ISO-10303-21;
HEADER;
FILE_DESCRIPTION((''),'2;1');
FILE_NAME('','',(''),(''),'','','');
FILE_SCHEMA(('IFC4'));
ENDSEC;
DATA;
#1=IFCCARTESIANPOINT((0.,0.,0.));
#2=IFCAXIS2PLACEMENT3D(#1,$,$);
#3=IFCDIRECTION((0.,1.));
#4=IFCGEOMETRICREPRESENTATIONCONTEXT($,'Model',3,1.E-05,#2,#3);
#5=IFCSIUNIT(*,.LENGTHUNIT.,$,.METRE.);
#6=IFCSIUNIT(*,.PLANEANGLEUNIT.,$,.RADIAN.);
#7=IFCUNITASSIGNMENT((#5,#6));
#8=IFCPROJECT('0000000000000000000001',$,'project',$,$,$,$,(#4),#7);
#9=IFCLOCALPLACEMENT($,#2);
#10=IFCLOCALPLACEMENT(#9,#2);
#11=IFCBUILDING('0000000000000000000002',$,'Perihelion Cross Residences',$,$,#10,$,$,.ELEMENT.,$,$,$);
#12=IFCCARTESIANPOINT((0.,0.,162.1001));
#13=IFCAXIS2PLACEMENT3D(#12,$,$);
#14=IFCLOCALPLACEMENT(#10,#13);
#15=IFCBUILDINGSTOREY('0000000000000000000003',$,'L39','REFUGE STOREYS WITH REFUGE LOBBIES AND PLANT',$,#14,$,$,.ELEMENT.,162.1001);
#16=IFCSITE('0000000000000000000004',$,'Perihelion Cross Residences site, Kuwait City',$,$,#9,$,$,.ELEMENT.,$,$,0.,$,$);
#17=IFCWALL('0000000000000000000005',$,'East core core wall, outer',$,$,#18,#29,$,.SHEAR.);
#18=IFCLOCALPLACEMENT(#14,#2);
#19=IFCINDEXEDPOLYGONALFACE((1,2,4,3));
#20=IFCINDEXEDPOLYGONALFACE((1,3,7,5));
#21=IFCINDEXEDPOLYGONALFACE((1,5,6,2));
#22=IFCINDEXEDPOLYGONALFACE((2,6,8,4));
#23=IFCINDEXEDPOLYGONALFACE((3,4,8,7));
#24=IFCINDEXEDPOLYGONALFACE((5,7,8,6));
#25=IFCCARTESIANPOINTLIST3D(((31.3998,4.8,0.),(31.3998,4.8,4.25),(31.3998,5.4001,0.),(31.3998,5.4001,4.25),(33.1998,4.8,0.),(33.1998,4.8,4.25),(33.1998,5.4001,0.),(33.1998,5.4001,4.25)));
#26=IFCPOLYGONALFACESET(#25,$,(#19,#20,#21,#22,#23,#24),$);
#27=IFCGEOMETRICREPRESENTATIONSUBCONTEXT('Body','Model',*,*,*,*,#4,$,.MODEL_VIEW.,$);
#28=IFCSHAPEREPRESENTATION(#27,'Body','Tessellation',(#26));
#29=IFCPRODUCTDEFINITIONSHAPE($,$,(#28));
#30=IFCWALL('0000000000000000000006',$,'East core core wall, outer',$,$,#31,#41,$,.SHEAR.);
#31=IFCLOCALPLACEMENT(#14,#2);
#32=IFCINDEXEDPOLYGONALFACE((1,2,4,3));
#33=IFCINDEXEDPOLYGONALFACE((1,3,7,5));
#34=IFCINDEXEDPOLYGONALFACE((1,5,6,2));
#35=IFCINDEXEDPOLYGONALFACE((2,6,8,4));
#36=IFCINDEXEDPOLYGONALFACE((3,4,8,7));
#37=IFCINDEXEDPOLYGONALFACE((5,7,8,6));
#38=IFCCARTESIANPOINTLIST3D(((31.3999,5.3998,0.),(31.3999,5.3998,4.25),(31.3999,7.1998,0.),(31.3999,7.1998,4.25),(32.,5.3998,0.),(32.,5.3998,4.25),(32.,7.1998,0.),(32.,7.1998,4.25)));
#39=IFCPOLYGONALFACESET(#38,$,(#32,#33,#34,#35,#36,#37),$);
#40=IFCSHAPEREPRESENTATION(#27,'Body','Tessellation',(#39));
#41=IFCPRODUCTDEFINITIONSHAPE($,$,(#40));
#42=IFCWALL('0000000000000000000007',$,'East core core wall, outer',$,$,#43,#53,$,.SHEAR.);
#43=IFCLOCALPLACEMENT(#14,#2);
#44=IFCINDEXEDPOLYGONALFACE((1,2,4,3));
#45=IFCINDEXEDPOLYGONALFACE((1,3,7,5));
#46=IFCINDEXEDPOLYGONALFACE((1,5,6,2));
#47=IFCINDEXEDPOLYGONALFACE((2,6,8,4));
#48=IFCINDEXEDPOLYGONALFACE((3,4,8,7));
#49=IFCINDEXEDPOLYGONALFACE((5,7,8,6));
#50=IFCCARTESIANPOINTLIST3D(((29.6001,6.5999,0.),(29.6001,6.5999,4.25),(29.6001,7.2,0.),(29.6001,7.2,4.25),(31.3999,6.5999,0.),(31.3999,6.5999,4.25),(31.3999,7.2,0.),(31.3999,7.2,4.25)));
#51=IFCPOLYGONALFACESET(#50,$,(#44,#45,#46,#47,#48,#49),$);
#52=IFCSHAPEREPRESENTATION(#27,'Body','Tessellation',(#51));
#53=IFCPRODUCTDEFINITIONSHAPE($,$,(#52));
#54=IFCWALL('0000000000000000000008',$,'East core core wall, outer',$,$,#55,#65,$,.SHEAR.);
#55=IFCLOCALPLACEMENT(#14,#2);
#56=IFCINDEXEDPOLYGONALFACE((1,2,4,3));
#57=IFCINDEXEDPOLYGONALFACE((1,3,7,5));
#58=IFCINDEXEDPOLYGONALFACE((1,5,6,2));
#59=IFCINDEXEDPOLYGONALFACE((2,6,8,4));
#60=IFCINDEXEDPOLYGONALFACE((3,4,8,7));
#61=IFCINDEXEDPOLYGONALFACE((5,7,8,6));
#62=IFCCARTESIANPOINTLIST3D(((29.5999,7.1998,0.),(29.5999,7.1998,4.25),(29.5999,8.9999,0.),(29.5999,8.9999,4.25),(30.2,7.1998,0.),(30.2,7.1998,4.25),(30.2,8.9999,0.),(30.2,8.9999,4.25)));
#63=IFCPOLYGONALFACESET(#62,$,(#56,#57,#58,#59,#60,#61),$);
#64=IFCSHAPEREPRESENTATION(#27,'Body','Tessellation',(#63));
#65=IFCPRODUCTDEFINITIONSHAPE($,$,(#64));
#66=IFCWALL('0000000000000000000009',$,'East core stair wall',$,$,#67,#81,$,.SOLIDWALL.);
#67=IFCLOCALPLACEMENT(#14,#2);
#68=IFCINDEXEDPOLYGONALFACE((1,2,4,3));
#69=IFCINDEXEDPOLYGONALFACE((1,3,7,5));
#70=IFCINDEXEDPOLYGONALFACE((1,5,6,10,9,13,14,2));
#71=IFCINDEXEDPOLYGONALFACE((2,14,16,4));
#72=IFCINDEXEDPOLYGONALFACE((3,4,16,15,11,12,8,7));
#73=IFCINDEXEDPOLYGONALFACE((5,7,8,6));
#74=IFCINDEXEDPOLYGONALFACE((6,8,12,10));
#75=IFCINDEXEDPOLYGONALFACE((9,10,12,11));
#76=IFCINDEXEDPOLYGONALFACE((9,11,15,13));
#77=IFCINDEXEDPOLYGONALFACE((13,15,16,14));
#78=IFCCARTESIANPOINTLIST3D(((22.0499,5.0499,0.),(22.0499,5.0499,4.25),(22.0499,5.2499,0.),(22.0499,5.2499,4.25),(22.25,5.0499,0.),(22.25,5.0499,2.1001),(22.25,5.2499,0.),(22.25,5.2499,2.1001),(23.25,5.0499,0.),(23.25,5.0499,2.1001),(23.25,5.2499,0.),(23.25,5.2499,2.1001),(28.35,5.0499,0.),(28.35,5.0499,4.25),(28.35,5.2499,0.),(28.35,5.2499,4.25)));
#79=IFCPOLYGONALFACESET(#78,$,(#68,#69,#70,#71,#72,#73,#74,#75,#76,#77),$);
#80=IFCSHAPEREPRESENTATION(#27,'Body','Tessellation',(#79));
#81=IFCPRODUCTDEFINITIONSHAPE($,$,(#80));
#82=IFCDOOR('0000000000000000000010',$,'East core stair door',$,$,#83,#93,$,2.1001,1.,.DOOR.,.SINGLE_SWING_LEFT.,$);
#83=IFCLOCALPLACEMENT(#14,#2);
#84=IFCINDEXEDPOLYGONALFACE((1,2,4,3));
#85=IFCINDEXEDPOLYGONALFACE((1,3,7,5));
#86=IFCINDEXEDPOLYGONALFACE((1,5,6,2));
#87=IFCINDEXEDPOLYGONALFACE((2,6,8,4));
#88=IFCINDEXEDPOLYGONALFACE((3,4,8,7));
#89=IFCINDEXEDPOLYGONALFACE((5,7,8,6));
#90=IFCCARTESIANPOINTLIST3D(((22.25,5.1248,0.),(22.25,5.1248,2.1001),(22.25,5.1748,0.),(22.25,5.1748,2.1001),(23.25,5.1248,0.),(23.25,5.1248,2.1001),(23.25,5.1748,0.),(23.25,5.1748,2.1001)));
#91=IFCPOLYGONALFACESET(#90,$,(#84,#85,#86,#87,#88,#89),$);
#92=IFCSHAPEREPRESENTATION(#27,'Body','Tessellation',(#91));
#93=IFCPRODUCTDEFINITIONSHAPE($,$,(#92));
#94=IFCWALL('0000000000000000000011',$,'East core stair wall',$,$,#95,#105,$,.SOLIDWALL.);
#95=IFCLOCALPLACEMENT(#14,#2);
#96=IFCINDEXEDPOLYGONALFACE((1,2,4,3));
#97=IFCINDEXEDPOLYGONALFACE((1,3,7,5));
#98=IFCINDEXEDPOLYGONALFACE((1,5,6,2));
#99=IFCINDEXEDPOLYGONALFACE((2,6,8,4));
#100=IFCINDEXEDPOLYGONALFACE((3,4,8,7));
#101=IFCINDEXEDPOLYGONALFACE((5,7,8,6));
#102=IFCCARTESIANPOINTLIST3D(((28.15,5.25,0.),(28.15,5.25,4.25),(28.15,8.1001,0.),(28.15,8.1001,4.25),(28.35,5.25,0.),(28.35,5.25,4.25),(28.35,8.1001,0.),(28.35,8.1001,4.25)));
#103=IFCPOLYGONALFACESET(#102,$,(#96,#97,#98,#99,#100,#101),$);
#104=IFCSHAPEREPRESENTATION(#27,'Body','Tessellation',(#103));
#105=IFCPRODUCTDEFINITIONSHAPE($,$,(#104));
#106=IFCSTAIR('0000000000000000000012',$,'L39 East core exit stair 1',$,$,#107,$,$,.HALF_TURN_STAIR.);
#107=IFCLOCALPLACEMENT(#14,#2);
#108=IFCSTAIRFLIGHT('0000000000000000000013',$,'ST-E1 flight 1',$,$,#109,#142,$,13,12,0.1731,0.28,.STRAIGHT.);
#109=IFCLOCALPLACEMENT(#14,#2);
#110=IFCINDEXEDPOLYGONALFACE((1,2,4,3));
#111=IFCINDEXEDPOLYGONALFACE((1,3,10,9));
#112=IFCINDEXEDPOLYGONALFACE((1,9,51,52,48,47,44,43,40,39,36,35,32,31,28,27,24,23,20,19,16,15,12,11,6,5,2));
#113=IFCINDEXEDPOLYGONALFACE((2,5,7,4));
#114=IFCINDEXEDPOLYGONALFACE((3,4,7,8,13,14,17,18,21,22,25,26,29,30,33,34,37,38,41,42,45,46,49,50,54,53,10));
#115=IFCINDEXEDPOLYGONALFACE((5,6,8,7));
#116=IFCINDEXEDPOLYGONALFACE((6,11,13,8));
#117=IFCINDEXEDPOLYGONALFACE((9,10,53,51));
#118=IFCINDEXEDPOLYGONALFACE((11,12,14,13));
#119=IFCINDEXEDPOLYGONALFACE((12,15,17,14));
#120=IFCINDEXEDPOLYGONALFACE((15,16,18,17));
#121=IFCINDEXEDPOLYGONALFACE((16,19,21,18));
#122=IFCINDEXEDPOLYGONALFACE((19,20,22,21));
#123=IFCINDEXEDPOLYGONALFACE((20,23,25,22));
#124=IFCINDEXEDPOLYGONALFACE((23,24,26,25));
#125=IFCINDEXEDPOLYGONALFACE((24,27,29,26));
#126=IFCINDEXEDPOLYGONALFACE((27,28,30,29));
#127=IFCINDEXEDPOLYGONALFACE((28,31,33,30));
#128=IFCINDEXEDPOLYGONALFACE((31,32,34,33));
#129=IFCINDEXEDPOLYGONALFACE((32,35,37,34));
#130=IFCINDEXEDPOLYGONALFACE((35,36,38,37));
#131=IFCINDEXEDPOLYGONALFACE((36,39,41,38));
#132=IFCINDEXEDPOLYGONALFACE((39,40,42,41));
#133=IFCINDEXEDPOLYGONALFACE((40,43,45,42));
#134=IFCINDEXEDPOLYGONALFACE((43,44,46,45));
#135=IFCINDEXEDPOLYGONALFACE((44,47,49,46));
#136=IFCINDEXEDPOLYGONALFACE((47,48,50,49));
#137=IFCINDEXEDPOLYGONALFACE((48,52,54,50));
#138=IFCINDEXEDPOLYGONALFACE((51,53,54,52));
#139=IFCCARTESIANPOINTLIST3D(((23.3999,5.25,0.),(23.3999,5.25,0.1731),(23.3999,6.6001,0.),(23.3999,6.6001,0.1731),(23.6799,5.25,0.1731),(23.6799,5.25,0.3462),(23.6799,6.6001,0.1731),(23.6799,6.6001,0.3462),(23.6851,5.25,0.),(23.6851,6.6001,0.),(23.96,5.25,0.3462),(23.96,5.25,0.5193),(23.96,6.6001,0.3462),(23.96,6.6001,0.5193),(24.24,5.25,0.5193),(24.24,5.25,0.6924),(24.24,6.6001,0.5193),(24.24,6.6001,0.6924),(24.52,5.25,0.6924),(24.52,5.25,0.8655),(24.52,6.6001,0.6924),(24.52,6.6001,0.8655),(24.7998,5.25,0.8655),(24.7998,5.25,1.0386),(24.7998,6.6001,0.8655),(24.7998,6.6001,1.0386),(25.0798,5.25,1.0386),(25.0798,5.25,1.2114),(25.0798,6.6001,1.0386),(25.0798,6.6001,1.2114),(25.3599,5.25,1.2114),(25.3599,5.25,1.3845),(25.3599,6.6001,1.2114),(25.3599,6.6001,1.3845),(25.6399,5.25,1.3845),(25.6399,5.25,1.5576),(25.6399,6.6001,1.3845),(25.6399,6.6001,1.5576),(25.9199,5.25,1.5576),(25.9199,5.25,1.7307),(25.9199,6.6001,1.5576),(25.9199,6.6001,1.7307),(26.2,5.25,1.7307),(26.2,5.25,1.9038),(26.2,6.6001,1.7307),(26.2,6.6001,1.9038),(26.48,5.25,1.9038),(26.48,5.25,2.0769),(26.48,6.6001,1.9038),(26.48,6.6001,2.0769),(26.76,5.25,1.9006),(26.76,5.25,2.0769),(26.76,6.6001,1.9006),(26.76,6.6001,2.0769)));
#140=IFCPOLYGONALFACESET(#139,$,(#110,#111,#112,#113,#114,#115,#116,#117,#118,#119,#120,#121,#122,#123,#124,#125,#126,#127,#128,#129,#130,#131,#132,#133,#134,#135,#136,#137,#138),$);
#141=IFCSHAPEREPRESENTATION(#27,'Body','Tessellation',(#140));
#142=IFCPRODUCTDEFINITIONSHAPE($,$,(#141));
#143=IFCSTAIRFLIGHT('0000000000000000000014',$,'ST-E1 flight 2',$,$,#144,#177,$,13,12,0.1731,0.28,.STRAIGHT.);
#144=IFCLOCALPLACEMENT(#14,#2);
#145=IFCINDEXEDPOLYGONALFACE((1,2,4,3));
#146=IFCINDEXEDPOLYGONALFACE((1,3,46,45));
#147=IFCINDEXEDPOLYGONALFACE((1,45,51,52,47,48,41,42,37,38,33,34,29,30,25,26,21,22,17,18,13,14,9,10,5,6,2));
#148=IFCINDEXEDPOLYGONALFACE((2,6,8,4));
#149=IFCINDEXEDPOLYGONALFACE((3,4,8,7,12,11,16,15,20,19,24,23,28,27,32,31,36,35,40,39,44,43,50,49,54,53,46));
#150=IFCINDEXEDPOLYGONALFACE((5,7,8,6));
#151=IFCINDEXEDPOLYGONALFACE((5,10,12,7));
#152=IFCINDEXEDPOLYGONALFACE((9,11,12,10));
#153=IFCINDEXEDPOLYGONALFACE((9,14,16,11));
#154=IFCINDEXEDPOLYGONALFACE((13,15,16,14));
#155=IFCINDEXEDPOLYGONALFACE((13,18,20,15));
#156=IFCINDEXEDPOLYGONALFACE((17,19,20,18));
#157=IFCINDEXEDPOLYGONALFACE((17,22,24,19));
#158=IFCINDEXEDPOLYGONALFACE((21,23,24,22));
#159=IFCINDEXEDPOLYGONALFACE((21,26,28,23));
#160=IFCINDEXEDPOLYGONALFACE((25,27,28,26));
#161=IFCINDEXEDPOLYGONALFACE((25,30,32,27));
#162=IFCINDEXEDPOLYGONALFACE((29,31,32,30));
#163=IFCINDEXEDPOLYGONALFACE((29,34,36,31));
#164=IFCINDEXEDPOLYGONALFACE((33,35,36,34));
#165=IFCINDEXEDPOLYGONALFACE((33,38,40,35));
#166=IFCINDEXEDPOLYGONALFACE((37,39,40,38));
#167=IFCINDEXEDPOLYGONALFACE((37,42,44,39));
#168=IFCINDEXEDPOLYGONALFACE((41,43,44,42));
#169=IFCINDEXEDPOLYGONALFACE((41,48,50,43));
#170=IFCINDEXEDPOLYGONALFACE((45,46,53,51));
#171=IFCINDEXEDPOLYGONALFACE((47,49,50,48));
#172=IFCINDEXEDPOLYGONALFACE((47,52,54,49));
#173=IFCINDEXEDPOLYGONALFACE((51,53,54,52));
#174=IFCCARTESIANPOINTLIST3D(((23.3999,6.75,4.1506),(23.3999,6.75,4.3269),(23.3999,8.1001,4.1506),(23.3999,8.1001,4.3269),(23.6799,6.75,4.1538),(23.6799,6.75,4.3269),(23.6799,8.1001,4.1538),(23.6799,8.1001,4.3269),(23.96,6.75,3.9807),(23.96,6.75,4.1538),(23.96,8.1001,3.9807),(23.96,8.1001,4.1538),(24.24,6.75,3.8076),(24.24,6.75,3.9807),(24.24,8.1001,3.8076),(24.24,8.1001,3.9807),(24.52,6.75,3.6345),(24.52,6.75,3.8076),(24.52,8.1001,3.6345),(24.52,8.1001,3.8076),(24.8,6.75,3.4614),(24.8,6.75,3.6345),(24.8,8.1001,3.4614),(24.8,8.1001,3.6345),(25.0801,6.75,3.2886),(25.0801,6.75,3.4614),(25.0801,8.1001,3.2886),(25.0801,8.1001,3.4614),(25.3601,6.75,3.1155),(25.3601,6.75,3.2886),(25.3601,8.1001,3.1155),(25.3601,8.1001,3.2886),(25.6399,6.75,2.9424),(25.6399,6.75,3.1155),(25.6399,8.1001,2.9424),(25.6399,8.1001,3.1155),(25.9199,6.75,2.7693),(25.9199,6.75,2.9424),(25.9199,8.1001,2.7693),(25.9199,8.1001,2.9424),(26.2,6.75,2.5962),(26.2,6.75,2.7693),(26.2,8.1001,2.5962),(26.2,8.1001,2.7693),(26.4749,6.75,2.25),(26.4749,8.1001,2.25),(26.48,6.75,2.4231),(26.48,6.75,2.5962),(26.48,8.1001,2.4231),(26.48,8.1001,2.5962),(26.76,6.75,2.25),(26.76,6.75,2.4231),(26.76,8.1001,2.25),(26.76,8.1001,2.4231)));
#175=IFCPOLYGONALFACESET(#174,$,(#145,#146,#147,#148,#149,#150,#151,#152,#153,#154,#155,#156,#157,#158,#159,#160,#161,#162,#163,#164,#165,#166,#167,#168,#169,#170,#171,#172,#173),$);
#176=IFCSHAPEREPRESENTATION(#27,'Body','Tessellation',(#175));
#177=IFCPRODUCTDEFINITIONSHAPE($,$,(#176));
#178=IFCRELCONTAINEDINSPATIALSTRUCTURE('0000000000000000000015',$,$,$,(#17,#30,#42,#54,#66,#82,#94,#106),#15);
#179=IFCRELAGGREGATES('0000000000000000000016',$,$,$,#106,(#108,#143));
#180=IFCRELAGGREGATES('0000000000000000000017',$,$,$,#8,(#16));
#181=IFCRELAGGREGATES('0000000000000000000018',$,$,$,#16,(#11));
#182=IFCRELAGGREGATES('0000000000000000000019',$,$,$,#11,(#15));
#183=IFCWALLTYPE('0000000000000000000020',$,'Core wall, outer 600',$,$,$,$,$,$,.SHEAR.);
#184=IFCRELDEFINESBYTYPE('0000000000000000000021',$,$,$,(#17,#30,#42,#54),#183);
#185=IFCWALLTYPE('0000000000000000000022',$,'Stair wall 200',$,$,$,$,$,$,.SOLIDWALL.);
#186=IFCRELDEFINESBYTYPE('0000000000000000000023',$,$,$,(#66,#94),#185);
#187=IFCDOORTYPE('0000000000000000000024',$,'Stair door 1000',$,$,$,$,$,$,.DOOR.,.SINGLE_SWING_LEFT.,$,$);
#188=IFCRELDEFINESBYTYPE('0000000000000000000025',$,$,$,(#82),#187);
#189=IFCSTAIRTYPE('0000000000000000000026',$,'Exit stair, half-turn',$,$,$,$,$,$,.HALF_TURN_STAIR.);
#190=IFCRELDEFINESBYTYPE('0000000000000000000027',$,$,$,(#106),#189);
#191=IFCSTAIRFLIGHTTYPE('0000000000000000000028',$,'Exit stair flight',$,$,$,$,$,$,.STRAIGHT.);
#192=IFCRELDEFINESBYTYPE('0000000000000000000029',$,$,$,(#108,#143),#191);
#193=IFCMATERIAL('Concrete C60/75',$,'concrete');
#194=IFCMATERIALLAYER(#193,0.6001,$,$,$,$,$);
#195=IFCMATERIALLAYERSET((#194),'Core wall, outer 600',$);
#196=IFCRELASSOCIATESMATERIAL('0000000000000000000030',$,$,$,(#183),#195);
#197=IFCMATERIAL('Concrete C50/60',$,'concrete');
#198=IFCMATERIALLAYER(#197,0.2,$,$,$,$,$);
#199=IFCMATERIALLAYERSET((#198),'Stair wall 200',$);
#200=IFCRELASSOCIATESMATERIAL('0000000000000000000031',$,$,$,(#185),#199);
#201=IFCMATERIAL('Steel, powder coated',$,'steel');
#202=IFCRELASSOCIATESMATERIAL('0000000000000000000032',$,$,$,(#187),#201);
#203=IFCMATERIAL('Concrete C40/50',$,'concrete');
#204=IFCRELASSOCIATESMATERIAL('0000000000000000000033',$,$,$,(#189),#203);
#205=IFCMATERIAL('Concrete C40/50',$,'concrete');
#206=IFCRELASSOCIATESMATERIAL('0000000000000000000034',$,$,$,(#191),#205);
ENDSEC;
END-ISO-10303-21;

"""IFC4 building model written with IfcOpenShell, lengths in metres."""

from ifc_helpers import new_model, si_unit, direction, frame, frame_2d, origin, place, context, subcontext, project, spatial, polyline, rectangle, outline, extrude, material, layer, layer_set, type_object, element, fill, aggregate, save


model = new_model("IFC4")

# Units and contexts
model_context = context("Model", 3, precision=1e-05, world=origin(), true_north=direction((0.0, 1.0)))
body_context = subcontext(model_context, "Body", "Model", "MODEL_VIEW")
ifc_project = project(units=[si_unit("LENGTHUNIT", "METRE"), si_unit("PLANEANGLEUNIT", "RADIAN")], contexts=[model_context])

# Site, building, storey
site_placement = place(None, origin())
site = spatial("IfcSite", under=ifc_project, at=site_placement, Name="Perihelion Cross Residences site, Kuwait City", CompositionType="ELEMENT", RefElevation=0.0)
building_placement = place(site_placement, origin())
building = spatial("IfcBuilding", under=site, at=building_placement, Name="Perihelion Cross Residences", CompositionType="ELEMENT")
storey_placement = place(building_placement, frame((0.0, 0.0, 162.1001)))
storey = spatial("IfcBuildingStorey", under=building, at=storey_placement, Name="L39", Description="REFUGE STOREYS WITH REFUGE LOBBIES AND PLANT", CompositionType="ELEMENT", Elevation=162.1001)

# Walls
ifc_material_1 = material(Name="Concrete C60/75", Category="concrete")
ifc_layer_1 = layer(ifc_material_1, 0.6001)
ifc_layer_set_1 = layer_set([ifc_layer_1], Name="Core wall, outer 600")
wall_type_1 = type_object("IfcWallType", Name="Core wall, outer 600", PredefinedType="SHEAR", material=ifc_layer_set_1)
for number, where, z_axis, x_axis, name in (
    (1, (31.3999, 5.1001, 0.0), (0.0, 0.0, 1.0), (1.0, 0.0, 0.0), "East core core wall, outer"),
    (2, (31.7, 5.3999, 0.0), (0.0, 0.0, 1.0), (0.0, 1.0, 0.0), "East core core wall, outer"),
):
    element("IfcWall", number, at=place(storey_placement, frame(where, z_axis=z_axis, x_axis=x_axis)), inside=storey, type_object=wall_type_1, Name=name, PredefinedType="SHEAR", context=body_context, shape_type="SweptSolid", body=[
        extrude(rectangle(XDim=1.8, YDim=0.6001, at=frame_2d((0.8999, 0.0))), origin(), (0.0, 0.0, 1.0), 4.25),
    ])
wall_1_placement = place(storey_placement, frame((29.6001, 6.8999, 0.0), z_axis=(0.0, 0.0, 1.0), x_axis=(1.0, 0.0, 0.0)))
element("IfcWall", 3, at=wall_1_placement, inside=storey, type_object=wall_type_1, Name="East core core wall, outer", PredefinedType="SHEAR", context=body_context, shape_type="SweptSolid", body=[
    extrude(rectangle(XDim=1.7998, YDim=0.6001, at=frame_2d((0.8999, 0.0))), origin(), (0.0, 0.0, 1.0), 4.25),
])
wall_2_placement = place(storey_placement, frame((29.8999, 7.2, 0.0), z_axis=(0.0, 0.0, 1.0), x_axis=(0.0, 1.0, 0.0)))
element("IfcWall", 4, at=wall_2_placement, inside=storey, type_object=wall_type_1, Name="East core core wall, outer", PredefinedType="SHEAR", context=body_context, shape_type="SweptSolid", body=[
    extrude(rectangle(XDim=1.8, YDim=0.6001, at=frame_2d((0.8999, 0.0))), origin(), (0.0, 0.0, 1.0), 4.25),
])

# Wall, opening, door
ifc_material_2 = material(Name="Concrete C50/60", Category="concrete")
ifc_layer_2 = layer(ifc_material_2, 0.2)
ifc_layer_set_2 = layer_set([ifc_layer_2], Name="Stair wall 200")
wall_type_2 = type_object("IfcWallType", Name="Stair wall 200", PredefinedType="SOLIDWALL", material=ifc_layer_set_2)
wall_3_placement = place(storey_placement, frame((22.05, 5.1499, 0.0), z_axis=(0.0, 0.0, 1.0), x_axis=(1.0, 0.0, 0.0)))
wall_3 = element("IfcWall", 5, at=wall_3_placement, inside=storey, type_object=wall_type_2, Name="East core stair wall", PredefinedType="SOLIDWALL", context=body_context, shape_type="SweptSolid", body=[
    extrude(rectangle(XDim=6.3, YDim=0.2, at=frame_2d((3.1499, 0.0))), origin(), (0.0, 0.0, 1.0), 4.25),
])
opening_placement = place(wall_3_placement, frame((0.2, 0.0, 0.0)))
opening = element("IfcOpeningElement", 6, at=opening_placement, cuts=wall_3, PredefinedType="OPENING", context=body_context, shape_type="SweptSolid", body=[
    extrude(rectangle(XDim=1.0, YDim=2.1001, at=frame_2d((0.5, 1.05))), frame((0.0, 0.1099, 0.0), z_axis=(0.0, -1.0, 0.0), x_axis=(1.0, 0.0, 0.0)), (0.0, 0.0, 1.0), 0.22),
])
ifc_material_3 = material(Name="Steel, powder coated", Category="steel")
door_type = type_object("IfcDoorType", Name="Stair door 1000", OperationType="SINGLE_SWING_LEFT", PredefinedType="DOOR", material=ifc_material_3)
door_placement = place(opening_placement, origin())
door = element("IfcDoor", 7, at=door_placement, inside=storey, type_object=door_type, Name="East core stair door", OperationType="SINGLE_SWING_LEFT", OverallHeight=2.1001, OverallWidth=1.0, PredefinedType="DOOR", context=body_context, shape_type="SweptSolid", body=[
    extrude(rectangle(XDim=1.0, YDim=2.1001, at=frame_2d((0.5, 1.05))), frame((0.0, 0.0249, 0.0), z_axis=(0.0, -1.0, 0.0), x_axis=(1.0, 0.0, 0.0)), (0.0, 0.0, 1.0), 0.05),
])
fill(opening, door)

# Wall
wall_4_placement = place(storey_placement, frame((28.25, 5.25, 0.0), z_axis=(0.0, 0.0, 1.0), x_axis=(0.0, 1.0, 0.0)))
element("IfcWall", 8, at=wall_4_placement, inside=storey, type_object=wall_type_2, Name="East core stair wall", PredefinedType="SOLIDWALL", context=body_context, shape_type="SweptSolid", body=[
    extrude(rectangle(XDim=2.8501, YDim=0.2, at=frame_2d((1.425, 0.0))), origin(), (0.0, 0.0, 1.0), 4.25),
])

# Stair, stair flights
ifc_material_4 = material(Name="Concrete C40/50", Category="concrete")
stair_type = type_object("IfcStairType", Name="Exit stair, half-turn", PredefinedType="HALF_TURN_STAIR", material=ifc_material_4)
stair_placement = place(storey_placement, origin())
stair = element("IfcStair", 9, at=stair_placement, inside=storey, type_object=stair_type, Name="L39 East core exit stair 1", PredefinedType="HALF_TURN_STAIR")
ifc_material_5 = material(Name="Concrete C40/50", Category="concrete")
stair_flight_type = type_object("IfcStairFlightType", Name="Exit stair flight", PredefinedType="STRAIGHT", material=ifc_material_5)
stair_flight_1_placement = place(storey_placement, frame((23.3999, 5.925, 0.0), z_axis=(0.0, 0.0, 1.0), x_axis=(1.0, 0.0, 0.0)))
stair_flight_1 = element("IfcStairFlight", 10, at=stair_flight_1_placement, type_object=stair_flight_type, Name="ST-E1 flight 1", NumberOfRisers=13, NumberOfTreads=12, PredefinedType="STRAIGHT", RiserHeight=0.1731, TreadLength=0.28, context=body_context, shape_type="SweptSolid", body=[
    extrude(outline(polyline([(0.0, 0.0), (0.0, 0.1731), (0.28, 0.1731), (0.28, 0.3462), (0.5601, 0.3462), (0.5601, 0.5193), (0.8401, 0.5193), (0.8401, 0.6924), (1.1201, 0.6924), (1.1201, 0.8655), (1.3999, 0.8655), (1.3999, 1.0386), (1.6799, 1.0386), (1.6799, 1.2114), (1.96, 1.2114), (1.96, 1.3845), (2.24, 1.3845), (2.24, 1.5576), (2.52, 1.5576), (2.52, 1.7307), (2.8, 1.7307), (2.8, 1.9038), (3.0801, 1.9038), (3.0801, 2.0769), (3.3601, 2.0769), (3.3601, 2.25), (3.3601, 1.9006), (0.2852, 0.0), (0.0, 0.0)])), frame((0.0, 0.675, 0.0), z_axis=(0.0, -1.0, 0.0), x_axis=(1.0, 0.0, 0.0)), (0.0, 0.0, 1.0), 1.3501),
])
stair_flight_2_placement = place(storey_placement, frame((26.76, 7.425, 2.25), z_axis=(0.0, 0.0, 1.0), x_axis=(-1.0, 0.0, 0.0)))
stair_flight_2 = element("IfcStairFlight", 11, at=stair_flight_2_placement, type_object=stair_flight_type, Name="ST-E1 flight 2", NumberOfRisers=13, NumberOfTreads=12, PredefinedType="STRAIGHT", RiserHeight=0.1731, TreadLength=0.28, context=body_context, shape_type="SweptSolid", body=[
    extrude(outline(polyline([(0.0, 0.0), (0.0, 0.1731), (0.28, 0.1731), (0.28, 0.3462), (0.5601, 0.3462), (0.5601, 0.5193), (0.8401, 0.5193), (0.8401, 0.6924), (1.1201, 0.6924), (1.1201, 0.8655), (1.3999, 0.8655), (1.3999, 1.0386), (1.6799, 1.0386), (1.6799, 1.2114), (1.96, 1.2114), (1.96, 1.3845), (2.24, 1.3845), (2.24, 1.5576), (2.52, 1.5576), (2.52, 1.7307), (2.8, 1.7307), (2.8, 1.9038), (3.0801, 1.9038), (3.0801, 2.0769), (3.3601, 2.0769), (3.3601, 2.25), (3.3601, 1.9006), (0.2852, 0.0), (0.0, 0.0)])), frame((0.0, 0.675, 0.0), z_axis=(0.0, -1.0, 0.0), x_axis=(1.0, 0.0, 0.0)), (0.0, 0.0, 1.0), 1.3501),
])
aggregate(stair, [stair_flight_1, stair_flight_2])

save(model, "model.ifc")
